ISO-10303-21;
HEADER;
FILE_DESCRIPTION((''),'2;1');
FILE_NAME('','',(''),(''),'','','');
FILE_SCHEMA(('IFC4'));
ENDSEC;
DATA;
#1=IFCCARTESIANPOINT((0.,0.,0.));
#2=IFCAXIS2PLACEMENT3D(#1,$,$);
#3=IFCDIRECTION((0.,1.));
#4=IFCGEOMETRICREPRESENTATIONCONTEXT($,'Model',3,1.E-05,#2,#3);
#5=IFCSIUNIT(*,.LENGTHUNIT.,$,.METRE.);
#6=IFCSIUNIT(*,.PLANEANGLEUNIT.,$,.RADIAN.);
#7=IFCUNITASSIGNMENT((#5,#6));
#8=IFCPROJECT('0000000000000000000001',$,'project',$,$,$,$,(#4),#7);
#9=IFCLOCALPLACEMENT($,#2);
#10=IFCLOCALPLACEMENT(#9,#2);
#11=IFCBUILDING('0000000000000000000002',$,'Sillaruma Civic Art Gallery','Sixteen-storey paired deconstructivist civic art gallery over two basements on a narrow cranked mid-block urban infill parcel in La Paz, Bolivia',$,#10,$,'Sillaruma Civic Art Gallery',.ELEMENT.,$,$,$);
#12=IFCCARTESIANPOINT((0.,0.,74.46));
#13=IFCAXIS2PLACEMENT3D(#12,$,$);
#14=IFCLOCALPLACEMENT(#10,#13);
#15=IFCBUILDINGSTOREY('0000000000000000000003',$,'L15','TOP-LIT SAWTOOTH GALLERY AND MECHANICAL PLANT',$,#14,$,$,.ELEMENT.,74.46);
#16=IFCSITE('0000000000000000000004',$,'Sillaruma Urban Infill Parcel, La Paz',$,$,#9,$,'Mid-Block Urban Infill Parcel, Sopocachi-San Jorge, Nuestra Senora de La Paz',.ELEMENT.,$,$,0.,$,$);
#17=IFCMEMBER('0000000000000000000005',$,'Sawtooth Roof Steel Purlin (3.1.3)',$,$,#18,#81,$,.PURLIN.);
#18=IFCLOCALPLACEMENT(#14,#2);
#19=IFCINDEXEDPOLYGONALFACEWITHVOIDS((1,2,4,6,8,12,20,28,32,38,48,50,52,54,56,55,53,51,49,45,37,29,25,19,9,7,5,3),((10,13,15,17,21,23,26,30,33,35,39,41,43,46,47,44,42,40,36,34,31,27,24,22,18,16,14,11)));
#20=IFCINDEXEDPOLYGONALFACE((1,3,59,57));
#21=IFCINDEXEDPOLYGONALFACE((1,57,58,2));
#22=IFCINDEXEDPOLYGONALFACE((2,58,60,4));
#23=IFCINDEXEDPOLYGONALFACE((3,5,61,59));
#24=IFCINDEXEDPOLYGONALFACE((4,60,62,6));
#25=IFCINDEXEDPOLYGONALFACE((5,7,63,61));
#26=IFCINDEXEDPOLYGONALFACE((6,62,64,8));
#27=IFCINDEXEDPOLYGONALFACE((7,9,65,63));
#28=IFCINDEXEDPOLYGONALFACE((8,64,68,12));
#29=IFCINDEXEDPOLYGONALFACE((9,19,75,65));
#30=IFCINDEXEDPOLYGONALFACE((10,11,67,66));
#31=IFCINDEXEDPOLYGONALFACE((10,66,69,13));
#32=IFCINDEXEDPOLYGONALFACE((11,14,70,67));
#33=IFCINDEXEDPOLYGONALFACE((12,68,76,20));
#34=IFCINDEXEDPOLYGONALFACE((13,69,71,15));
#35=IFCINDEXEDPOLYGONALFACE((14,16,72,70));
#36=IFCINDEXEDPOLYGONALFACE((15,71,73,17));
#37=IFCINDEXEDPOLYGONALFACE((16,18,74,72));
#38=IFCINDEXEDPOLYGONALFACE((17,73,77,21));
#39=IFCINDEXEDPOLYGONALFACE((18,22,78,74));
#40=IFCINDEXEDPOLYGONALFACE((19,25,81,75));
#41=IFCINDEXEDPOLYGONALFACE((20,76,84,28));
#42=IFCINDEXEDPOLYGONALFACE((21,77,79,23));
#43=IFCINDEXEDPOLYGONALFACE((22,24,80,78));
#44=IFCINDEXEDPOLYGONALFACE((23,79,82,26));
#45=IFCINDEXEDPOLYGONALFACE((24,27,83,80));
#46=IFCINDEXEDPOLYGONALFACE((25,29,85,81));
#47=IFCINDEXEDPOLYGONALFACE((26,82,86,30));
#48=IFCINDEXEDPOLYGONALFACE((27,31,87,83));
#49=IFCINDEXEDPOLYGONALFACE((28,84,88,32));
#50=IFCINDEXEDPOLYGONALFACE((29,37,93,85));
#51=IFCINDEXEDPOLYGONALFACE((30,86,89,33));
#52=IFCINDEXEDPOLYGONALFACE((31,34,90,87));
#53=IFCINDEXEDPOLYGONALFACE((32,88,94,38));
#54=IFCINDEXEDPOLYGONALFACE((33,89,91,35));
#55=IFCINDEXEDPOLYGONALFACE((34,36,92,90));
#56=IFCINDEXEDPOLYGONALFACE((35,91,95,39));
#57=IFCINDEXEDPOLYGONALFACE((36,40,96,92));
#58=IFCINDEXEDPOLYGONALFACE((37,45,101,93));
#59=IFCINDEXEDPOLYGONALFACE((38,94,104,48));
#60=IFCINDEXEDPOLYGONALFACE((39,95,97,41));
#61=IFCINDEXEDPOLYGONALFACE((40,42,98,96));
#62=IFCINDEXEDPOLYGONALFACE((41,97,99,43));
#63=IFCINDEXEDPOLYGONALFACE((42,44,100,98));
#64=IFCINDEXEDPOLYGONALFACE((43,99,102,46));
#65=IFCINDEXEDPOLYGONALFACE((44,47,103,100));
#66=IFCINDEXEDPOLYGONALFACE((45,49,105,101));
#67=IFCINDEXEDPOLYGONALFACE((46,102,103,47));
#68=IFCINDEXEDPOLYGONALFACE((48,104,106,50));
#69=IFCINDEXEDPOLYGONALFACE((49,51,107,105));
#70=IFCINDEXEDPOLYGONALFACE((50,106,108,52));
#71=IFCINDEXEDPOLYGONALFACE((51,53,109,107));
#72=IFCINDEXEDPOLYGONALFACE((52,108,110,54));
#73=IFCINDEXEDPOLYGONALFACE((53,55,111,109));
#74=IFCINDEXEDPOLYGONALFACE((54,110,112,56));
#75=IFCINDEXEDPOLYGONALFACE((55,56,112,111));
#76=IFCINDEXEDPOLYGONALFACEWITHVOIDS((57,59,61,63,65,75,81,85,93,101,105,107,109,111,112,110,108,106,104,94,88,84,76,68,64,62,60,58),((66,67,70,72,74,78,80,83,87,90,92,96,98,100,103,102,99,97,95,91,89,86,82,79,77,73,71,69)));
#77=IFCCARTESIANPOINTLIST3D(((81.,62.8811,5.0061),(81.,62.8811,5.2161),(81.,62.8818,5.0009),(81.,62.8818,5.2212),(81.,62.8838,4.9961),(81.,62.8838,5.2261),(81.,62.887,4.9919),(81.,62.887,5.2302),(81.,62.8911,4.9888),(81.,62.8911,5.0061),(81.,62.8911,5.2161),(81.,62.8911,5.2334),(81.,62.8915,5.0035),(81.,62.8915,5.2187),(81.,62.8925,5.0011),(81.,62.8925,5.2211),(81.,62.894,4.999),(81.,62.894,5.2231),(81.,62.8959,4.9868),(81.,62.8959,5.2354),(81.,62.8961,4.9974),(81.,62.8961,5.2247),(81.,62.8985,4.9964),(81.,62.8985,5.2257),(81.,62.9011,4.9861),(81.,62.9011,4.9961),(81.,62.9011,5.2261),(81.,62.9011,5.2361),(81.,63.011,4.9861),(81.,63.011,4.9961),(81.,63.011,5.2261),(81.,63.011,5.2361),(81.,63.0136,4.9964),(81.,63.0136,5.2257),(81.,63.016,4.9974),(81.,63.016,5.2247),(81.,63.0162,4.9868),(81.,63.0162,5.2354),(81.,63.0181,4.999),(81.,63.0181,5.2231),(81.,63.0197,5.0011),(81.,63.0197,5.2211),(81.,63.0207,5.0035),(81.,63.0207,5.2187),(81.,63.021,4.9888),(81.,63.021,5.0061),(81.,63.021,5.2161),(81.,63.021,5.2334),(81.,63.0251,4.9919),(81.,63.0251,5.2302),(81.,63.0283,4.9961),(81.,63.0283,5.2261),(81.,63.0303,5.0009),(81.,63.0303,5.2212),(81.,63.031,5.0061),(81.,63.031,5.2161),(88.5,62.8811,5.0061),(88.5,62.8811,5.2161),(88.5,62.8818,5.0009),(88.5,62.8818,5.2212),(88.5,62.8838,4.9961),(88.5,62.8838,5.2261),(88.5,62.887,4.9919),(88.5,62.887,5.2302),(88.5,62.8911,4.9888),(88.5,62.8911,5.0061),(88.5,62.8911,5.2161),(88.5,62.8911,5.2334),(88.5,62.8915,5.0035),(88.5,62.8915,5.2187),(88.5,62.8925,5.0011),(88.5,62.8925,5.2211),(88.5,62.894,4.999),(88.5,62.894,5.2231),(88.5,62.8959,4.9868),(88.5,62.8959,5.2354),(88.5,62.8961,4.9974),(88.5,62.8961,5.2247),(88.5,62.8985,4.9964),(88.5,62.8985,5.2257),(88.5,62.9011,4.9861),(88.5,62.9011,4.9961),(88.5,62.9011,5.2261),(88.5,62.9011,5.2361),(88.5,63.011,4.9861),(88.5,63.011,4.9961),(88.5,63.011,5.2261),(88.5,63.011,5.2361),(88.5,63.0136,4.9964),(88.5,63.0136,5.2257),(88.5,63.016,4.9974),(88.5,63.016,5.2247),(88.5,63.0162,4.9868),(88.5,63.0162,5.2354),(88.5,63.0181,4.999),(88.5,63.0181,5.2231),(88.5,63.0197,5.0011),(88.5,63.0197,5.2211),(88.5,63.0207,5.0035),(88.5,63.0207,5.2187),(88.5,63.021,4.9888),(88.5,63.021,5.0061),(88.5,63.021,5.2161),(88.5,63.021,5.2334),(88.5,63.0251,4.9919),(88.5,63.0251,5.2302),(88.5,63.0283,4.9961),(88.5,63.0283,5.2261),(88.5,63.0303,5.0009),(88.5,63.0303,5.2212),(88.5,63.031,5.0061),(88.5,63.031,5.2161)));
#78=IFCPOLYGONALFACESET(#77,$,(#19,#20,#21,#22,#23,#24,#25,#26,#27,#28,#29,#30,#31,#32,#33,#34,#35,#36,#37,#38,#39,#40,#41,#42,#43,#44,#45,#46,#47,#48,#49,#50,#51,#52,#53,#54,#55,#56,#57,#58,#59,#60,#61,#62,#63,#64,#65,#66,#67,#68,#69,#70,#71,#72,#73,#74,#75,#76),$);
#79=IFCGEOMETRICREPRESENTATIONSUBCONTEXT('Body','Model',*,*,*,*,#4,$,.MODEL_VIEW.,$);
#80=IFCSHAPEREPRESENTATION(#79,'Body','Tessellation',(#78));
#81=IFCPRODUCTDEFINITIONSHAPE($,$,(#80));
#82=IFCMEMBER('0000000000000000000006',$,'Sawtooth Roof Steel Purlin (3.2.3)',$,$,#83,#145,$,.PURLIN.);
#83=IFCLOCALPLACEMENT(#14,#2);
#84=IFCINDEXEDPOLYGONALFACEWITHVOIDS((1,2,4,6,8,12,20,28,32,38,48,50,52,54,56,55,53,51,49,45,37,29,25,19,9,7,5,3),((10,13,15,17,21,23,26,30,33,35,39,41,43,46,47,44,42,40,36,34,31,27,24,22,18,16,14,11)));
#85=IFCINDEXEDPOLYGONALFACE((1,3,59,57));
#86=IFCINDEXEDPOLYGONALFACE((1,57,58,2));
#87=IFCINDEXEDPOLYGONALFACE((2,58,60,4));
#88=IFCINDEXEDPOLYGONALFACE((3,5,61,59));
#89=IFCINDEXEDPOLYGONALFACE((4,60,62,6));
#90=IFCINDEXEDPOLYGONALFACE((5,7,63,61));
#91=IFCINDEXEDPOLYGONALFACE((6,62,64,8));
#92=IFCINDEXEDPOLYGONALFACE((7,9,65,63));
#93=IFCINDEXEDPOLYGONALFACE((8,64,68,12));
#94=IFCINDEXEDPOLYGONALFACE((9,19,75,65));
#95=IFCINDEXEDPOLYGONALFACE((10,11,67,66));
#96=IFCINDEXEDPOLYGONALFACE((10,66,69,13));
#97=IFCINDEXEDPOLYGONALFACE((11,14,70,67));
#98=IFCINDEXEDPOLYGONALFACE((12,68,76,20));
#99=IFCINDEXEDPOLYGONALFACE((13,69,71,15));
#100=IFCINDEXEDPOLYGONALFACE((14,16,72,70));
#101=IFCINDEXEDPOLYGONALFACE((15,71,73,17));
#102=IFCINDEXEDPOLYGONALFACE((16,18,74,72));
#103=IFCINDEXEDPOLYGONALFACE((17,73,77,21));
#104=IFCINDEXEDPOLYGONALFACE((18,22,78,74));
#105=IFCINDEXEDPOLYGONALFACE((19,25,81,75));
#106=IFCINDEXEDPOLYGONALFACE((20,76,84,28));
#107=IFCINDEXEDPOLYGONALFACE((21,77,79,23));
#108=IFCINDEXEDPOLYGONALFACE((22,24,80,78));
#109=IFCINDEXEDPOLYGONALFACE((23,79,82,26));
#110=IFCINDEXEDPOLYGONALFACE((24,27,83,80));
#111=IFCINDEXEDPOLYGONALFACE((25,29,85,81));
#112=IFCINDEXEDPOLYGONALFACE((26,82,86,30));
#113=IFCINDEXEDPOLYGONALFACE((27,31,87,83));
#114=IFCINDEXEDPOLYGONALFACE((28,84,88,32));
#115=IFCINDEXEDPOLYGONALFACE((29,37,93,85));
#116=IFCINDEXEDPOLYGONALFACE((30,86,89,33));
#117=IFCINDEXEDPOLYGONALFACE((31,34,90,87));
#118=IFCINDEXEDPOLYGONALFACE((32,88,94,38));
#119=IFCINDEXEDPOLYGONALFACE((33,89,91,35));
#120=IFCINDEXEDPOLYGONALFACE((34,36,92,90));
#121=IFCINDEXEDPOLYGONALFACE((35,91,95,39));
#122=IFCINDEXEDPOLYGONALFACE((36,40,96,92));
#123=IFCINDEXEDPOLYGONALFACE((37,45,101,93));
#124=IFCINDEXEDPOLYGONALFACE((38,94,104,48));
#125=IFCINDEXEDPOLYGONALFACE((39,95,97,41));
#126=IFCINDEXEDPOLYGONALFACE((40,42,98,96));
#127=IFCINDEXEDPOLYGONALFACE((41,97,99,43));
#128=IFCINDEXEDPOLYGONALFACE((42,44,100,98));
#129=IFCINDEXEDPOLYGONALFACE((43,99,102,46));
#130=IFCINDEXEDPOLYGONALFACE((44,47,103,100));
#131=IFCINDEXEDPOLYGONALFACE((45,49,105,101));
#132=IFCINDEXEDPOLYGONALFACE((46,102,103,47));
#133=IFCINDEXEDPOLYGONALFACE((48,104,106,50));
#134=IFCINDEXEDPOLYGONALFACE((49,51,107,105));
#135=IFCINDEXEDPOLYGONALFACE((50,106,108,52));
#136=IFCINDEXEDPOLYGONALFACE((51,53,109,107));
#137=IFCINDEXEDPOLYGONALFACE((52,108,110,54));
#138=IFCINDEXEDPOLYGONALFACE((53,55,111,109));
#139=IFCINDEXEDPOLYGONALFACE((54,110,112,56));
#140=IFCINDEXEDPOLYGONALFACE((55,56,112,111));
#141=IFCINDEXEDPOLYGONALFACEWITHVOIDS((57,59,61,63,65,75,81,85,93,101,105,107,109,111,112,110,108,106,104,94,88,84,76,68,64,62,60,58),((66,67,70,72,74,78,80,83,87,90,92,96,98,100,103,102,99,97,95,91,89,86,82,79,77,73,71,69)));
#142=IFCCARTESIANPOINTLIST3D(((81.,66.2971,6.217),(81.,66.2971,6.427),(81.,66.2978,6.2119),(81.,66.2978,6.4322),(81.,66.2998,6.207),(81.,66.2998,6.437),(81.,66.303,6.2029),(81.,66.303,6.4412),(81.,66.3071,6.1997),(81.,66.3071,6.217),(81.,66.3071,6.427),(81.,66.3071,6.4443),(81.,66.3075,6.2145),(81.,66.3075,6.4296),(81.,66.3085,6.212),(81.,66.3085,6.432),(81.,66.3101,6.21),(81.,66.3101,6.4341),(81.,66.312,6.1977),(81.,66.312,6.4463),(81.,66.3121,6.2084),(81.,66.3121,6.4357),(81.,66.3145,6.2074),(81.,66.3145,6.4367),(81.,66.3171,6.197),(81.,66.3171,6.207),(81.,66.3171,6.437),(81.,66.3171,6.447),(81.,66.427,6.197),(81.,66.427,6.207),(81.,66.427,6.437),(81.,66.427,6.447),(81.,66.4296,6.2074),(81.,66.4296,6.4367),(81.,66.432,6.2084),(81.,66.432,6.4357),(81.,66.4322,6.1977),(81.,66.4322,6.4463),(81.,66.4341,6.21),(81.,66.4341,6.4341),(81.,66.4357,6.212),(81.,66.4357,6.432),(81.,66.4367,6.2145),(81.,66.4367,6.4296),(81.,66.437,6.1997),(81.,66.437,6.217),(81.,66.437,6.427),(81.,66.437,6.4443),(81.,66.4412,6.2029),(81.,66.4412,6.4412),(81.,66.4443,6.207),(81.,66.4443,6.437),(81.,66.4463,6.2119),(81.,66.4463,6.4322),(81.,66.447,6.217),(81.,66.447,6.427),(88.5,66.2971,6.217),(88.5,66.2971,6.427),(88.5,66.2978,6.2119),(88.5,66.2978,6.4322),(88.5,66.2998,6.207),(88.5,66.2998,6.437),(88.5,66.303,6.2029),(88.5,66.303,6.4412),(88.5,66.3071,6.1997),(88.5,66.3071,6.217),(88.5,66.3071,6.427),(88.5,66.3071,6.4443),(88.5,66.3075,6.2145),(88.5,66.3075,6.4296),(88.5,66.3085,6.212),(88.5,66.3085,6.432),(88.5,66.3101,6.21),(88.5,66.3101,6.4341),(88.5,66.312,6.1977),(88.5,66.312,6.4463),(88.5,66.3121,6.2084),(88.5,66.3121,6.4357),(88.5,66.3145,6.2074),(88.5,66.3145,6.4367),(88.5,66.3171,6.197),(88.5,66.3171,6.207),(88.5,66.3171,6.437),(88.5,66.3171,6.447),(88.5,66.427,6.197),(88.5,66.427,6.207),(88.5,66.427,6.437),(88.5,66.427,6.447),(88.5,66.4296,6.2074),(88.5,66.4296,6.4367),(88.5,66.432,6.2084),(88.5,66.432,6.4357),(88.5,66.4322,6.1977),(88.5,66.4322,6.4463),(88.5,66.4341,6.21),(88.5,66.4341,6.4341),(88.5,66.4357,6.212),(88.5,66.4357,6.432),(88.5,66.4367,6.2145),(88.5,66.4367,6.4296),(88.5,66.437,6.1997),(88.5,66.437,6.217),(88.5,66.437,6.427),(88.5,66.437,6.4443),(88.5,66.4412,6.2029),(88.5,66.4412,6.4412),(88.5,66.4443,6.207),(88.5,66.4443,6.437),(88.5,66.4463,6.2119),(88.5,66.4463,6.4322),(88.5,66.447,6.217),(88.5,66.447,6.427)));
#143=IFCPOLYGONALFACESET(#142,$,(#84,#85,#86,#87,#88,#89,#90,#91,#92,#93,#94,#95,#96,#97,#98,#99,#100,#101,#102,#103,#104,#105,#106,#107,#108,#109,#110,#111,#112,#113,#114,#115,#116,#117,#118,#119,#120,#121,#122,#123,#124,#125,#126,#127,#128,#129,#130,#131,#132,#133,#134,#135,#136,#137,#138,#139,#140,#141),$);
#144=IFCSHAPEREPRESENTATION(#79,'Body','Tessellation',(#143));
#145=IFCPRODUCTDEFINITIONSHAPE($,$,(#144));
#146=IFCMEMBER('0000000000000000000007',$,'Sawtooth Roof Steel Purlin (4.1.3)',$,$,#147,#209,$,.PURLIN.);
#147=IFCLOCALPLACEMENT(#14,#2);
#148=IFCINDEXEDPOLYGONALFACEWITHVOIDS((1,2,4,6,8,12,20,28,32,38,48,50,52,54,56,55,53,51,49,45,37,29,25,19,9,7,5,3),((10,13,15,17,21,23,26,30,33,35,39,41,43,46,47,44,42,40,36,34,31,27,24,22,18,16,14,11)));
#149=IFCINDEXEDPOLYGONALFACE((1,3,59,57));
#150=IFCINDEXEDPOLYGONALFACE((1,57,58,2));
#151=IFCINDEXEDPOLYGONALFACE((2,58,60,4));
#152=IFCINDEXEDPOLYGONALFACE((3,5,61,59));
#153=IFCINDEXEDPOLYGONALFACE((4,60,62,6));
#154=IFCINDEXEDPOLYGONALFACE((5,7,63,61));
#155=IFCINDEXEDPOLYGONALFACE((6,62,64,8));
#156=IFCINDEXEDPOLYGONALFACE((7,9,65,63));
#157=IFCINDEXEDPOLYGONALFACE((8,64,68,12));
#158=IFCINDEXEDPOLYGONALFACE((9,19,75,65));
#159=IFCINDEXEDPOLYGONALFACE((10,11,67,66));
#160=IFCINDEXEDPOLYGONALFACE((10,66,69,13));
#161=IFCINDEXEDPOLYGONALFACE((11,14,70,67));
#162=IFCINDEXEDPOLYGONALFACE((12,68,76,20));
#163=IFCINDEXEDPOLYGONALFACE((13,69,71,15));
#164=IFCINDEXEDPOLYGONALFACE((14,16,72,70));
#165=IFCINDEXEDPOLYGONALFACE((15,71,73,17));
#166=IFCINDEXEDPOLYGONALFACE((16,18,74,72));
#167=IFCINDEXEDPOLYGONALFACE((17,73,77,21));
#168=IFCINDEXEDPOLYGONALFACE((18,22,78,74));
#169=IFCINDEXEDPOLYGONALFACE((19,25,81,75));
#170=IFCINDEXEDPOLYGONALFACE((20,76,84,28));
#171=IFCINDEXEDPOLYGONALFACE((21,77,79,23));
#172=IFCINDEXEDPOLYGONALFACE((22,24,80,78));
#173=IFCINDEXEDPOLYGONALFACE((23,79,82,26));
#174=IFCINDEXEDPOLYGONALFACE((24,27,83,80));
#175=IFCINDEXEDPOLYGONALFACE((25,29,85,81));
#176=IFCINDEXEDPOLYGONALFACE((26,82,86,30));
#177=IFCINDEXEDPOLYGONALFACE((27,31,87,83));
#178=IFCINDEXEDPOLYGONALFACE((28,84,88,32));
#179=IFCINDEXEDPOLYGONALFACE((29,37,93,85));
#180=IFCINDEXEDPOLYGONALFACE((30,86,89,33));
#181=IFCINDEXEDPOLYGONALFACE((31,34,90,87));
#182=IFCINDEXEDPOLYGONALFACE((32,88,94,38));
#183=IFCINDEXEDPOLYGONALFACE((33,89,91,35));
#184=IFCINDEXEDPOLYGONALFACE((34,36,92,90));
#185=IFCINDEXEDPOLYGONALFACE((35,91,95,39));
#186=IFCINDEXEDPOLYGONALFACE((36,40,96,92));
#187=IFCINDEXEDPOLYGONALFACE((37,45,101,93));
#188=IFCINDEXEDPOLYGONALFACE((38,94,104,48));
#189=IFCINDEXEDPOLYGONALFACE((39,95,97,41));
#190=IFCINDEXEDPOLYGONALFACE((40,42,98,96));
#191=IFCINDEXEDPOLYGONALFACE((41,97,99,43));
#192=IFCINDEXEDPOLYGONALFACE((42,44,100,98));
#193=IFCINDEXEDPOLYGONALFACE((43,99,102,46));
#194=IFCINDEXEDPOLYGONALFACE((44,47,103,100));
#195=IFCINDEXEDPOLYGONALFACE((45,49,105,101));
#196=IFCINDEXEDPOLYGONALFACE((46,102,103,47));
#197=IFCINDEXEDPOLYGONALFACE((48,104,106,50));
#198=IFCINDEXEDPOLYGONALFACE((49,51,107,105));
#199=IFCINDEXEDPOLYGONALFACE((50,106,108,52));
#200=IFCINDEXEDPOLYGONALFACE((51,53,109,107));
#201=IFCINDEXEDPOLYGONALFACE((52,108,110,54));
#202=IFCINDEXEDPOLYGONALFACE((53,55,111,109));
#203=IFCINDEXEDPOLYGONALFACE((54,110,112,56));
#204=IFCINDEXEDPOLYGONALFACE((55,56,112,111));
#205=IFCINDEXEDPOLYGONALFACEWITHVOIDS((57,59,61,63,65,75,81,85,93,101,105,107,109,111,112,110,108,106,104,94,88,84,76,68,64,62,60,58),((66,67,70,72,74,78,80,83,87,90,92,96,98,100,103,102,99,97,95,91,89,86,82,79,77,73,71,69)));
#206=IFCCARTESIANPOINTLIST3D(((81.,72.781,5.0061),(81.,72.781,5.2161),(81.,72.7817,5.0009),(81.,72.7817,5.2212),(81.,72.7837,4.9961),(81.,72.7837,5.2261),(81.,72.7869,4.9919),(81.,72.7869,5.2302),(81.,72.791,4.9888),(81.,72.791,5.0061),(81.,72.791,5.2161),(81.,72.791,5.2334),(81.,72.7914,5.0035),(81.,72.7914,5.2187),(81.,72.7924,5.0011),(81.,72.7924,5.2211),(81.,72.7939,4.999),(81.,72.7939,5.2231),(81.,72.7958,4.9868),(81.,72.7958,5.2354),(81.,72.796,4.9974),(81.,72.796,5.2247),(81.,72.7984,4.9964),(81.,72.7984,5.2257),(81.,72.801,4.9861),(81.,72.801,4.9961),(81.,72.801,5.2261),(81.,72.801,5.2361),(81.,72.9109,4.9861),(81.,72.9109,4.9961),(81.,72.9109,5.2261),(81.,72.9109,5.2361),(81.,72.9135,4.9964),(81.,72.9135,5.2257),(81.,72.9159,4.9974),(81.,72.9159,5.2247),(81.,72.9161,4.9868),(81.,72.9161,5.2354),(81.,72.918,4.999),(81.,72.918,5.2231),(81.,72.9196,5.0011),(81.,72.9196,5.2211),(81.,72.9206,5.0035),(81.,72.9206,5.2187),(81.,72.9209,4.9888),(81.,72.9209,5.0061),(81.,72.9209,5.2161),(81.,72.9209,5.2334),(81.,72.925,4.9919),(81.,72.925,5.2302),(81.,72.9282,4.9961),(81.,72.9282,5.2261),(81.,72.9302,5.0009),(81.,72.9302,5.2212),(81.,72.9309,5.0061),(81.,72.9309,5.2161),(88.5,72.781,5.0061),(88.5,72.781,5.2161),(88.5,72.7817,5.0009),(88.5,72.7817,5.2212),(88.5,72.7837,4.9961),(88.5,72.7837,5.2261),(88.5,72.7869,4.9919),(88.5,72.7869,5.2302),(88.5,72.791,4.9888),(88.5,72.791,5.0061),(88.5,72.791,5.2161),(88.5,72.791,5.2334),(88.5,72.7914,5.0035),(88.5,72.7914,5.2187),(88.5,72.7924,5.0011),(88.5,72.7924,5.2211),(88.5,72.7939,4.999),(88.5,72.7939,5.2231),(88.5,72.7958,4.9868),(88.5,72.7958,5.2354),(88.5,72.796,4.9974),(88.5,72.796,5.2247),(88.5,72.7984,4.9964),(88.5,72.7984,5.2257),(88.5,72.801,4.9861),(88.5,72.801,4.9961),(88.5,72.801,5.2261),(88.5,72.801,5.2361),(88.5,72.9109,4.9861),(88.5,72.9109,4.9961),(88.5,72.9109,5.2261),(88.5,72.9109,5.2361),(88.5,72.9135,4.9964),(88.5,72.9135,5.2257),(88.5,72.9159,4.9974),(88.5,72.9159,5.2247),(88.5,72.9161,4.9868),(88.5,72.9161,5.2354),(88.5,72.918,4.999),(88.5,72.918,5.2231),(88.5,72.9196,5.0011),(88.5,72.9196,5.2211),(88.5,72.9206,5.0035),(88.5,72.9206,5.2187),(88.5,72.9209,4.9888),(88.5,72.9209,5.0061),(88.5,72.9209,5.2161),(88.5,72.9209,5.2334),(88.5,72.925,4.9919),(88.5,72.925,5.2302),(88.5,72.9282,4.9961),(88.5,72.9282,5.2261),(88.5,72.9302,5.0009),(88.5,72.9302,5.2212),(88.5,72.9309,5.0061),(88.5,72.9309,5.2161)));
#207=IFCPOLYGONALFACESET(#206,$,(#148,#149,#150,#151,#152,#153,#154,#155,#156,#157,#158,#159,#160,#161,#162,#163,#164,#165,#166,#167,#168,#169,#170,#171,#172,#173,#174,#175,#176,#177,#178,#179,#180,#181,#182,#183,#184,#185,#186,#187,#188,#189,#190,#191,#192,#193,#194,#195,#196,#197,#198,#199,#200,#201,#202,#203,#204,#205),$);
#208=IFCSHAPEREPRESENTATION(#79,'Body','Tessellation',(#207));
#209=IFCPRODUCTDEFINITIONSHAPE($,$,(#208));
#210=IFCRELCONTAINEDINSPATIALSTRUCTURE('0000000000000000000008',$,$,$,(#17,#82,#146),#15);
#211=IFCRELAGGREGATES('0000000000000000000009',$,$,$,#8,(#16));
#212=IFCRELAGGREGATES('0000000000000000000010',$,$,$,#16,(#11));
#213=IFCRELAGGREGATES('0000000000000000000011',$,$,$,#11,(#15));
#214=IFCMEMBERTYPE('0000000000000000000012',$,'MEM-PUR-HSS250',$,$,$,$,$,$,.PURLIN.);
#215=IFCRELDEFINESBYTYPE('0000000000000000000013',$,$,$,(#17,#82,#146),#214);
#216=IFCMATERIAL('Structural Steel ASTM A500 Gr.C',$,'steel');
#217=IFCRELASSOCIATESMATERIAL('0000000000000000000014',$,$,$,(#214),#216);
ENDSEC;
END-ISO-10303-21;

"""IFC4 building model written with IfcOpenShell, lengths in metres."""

from ifc_helpers import new_model, si_unit, direction, frame, origin, origin_2d, place, context, subcontext, project, spatial, hollow_rectangle, extrude, material, material_profile, profile_set, type_object, element, save


model = new_model("IFC4")

# Units and contexts
model_context = context("Model", 3, precision=1e-05, world=origin(), true_north=direction((0.0, 1.0)))
body_context = subcontext(model_context, "Body", "Model", "MODEL_VIEW")
ifc_project = project(units=[si_unit("LENGTHUNIT", "METRE"), si_unit("PLANEANGLEUNIT", "RADIAN")], contexts=[model_context])

# Site, building, storey
site_placement = place(None, origin())
site = spatial("IfcSite", under=ifc_project, at=site_placement, Name="Sillaruma Urban Infill Parcel, La Paz", LongName="Mid-Block Urban Infill Parcel, Sopocachi-San Jorge, Nuestra Senora de La Paz", CompositionType="ELEMENT", RefElevation=0.0)
building_placement = place(site_placement, origin())
building = spatial("IfcBuilding", under=site, at=building_placement, Name="Sillaruma Civic Art Gallery", Description="Sixteen-storey paired deconstructivist civic art gallery over two basements on a narrow cranked mid-block urban infill parcel in La Paz, Bolivia", LongName="Sillaruma Civic Art Gallery", CompositionType="ELEMENT")
storey_placement = place(building_placement, frame((0.0, 0.0, 74.46)))
storey = spatial("IfcBuildingStorey", under=building, at=storey_placement, Name="L15", Description="TOP-LIT SAWTOOTH GALLERY AND MECHANICAL PLANT", CompositionType="ELEMENT", Elevation=74.46)

# Members
ifc_material_1 = material(Name="Structural Steel ASTM A500 Gr.C", Category="steel")
ifc_material_profile_1 = material_profile(ifc_material_1, hollow_rectangle(XDim=0.1499, YDim=0.25, WallThickness=0.01, InnerFilletRadius=0.01, OuterFilletRadius=0.02, at=origin_2d()), Name="HSS250x150x10")
ifc_profile_set_1 = profile_set([ifc_material_profile_1], Name="Structural Steel ASTM A500 Gr.C")
member_type_1 = type_object("IfcMemberType", Name="MEM-PUR-HSS250", PredefinedType="PURLIN", material=ifc_profile_set_1)
for number, where, z_axis, x_axis, name in (
    (1, (81.0, 62.9561, 5.1111), (1.0, 0.0, 0.0), (0.0, 1.0, 0.0), "Sawtooth Roof Steel Purlin (3.1.3)"),
    (2, (81.0, 66.3721, 6.322), (1.0, 0.0, 0.0), (0.0, 1.0, 0.0), "Sawtooth Roof Steel Purlin (3.2.3)"),
    (3, (81.0, 72.856, 5.1111), (1.0, 0.0, 0.0), (0.0, 1.0, 0.0), "Sawtooth Roof Steel Purlin (4.1.3)"),
):
    element("IfcMember", number, at=place(storey_placement, frame(where, z_axis=z_axis, x_axis=x_axis)), inside=storey, type_object=member_type_1, Name=name, PredefinedType="PURLIN", context=body_context, shape_type="SweptSolid", body=[
        extrude(hollow_rectangle(XDim=0.1499, YDim=0.25, WallThickness=0.01, InnerFilletRadius=0.01, OuterFilletRadius=0.02, at=origin_2d()), origin(), (0.0, 0.0, 1.0), 7.5),
    ])

save(model, "model.ifc")
